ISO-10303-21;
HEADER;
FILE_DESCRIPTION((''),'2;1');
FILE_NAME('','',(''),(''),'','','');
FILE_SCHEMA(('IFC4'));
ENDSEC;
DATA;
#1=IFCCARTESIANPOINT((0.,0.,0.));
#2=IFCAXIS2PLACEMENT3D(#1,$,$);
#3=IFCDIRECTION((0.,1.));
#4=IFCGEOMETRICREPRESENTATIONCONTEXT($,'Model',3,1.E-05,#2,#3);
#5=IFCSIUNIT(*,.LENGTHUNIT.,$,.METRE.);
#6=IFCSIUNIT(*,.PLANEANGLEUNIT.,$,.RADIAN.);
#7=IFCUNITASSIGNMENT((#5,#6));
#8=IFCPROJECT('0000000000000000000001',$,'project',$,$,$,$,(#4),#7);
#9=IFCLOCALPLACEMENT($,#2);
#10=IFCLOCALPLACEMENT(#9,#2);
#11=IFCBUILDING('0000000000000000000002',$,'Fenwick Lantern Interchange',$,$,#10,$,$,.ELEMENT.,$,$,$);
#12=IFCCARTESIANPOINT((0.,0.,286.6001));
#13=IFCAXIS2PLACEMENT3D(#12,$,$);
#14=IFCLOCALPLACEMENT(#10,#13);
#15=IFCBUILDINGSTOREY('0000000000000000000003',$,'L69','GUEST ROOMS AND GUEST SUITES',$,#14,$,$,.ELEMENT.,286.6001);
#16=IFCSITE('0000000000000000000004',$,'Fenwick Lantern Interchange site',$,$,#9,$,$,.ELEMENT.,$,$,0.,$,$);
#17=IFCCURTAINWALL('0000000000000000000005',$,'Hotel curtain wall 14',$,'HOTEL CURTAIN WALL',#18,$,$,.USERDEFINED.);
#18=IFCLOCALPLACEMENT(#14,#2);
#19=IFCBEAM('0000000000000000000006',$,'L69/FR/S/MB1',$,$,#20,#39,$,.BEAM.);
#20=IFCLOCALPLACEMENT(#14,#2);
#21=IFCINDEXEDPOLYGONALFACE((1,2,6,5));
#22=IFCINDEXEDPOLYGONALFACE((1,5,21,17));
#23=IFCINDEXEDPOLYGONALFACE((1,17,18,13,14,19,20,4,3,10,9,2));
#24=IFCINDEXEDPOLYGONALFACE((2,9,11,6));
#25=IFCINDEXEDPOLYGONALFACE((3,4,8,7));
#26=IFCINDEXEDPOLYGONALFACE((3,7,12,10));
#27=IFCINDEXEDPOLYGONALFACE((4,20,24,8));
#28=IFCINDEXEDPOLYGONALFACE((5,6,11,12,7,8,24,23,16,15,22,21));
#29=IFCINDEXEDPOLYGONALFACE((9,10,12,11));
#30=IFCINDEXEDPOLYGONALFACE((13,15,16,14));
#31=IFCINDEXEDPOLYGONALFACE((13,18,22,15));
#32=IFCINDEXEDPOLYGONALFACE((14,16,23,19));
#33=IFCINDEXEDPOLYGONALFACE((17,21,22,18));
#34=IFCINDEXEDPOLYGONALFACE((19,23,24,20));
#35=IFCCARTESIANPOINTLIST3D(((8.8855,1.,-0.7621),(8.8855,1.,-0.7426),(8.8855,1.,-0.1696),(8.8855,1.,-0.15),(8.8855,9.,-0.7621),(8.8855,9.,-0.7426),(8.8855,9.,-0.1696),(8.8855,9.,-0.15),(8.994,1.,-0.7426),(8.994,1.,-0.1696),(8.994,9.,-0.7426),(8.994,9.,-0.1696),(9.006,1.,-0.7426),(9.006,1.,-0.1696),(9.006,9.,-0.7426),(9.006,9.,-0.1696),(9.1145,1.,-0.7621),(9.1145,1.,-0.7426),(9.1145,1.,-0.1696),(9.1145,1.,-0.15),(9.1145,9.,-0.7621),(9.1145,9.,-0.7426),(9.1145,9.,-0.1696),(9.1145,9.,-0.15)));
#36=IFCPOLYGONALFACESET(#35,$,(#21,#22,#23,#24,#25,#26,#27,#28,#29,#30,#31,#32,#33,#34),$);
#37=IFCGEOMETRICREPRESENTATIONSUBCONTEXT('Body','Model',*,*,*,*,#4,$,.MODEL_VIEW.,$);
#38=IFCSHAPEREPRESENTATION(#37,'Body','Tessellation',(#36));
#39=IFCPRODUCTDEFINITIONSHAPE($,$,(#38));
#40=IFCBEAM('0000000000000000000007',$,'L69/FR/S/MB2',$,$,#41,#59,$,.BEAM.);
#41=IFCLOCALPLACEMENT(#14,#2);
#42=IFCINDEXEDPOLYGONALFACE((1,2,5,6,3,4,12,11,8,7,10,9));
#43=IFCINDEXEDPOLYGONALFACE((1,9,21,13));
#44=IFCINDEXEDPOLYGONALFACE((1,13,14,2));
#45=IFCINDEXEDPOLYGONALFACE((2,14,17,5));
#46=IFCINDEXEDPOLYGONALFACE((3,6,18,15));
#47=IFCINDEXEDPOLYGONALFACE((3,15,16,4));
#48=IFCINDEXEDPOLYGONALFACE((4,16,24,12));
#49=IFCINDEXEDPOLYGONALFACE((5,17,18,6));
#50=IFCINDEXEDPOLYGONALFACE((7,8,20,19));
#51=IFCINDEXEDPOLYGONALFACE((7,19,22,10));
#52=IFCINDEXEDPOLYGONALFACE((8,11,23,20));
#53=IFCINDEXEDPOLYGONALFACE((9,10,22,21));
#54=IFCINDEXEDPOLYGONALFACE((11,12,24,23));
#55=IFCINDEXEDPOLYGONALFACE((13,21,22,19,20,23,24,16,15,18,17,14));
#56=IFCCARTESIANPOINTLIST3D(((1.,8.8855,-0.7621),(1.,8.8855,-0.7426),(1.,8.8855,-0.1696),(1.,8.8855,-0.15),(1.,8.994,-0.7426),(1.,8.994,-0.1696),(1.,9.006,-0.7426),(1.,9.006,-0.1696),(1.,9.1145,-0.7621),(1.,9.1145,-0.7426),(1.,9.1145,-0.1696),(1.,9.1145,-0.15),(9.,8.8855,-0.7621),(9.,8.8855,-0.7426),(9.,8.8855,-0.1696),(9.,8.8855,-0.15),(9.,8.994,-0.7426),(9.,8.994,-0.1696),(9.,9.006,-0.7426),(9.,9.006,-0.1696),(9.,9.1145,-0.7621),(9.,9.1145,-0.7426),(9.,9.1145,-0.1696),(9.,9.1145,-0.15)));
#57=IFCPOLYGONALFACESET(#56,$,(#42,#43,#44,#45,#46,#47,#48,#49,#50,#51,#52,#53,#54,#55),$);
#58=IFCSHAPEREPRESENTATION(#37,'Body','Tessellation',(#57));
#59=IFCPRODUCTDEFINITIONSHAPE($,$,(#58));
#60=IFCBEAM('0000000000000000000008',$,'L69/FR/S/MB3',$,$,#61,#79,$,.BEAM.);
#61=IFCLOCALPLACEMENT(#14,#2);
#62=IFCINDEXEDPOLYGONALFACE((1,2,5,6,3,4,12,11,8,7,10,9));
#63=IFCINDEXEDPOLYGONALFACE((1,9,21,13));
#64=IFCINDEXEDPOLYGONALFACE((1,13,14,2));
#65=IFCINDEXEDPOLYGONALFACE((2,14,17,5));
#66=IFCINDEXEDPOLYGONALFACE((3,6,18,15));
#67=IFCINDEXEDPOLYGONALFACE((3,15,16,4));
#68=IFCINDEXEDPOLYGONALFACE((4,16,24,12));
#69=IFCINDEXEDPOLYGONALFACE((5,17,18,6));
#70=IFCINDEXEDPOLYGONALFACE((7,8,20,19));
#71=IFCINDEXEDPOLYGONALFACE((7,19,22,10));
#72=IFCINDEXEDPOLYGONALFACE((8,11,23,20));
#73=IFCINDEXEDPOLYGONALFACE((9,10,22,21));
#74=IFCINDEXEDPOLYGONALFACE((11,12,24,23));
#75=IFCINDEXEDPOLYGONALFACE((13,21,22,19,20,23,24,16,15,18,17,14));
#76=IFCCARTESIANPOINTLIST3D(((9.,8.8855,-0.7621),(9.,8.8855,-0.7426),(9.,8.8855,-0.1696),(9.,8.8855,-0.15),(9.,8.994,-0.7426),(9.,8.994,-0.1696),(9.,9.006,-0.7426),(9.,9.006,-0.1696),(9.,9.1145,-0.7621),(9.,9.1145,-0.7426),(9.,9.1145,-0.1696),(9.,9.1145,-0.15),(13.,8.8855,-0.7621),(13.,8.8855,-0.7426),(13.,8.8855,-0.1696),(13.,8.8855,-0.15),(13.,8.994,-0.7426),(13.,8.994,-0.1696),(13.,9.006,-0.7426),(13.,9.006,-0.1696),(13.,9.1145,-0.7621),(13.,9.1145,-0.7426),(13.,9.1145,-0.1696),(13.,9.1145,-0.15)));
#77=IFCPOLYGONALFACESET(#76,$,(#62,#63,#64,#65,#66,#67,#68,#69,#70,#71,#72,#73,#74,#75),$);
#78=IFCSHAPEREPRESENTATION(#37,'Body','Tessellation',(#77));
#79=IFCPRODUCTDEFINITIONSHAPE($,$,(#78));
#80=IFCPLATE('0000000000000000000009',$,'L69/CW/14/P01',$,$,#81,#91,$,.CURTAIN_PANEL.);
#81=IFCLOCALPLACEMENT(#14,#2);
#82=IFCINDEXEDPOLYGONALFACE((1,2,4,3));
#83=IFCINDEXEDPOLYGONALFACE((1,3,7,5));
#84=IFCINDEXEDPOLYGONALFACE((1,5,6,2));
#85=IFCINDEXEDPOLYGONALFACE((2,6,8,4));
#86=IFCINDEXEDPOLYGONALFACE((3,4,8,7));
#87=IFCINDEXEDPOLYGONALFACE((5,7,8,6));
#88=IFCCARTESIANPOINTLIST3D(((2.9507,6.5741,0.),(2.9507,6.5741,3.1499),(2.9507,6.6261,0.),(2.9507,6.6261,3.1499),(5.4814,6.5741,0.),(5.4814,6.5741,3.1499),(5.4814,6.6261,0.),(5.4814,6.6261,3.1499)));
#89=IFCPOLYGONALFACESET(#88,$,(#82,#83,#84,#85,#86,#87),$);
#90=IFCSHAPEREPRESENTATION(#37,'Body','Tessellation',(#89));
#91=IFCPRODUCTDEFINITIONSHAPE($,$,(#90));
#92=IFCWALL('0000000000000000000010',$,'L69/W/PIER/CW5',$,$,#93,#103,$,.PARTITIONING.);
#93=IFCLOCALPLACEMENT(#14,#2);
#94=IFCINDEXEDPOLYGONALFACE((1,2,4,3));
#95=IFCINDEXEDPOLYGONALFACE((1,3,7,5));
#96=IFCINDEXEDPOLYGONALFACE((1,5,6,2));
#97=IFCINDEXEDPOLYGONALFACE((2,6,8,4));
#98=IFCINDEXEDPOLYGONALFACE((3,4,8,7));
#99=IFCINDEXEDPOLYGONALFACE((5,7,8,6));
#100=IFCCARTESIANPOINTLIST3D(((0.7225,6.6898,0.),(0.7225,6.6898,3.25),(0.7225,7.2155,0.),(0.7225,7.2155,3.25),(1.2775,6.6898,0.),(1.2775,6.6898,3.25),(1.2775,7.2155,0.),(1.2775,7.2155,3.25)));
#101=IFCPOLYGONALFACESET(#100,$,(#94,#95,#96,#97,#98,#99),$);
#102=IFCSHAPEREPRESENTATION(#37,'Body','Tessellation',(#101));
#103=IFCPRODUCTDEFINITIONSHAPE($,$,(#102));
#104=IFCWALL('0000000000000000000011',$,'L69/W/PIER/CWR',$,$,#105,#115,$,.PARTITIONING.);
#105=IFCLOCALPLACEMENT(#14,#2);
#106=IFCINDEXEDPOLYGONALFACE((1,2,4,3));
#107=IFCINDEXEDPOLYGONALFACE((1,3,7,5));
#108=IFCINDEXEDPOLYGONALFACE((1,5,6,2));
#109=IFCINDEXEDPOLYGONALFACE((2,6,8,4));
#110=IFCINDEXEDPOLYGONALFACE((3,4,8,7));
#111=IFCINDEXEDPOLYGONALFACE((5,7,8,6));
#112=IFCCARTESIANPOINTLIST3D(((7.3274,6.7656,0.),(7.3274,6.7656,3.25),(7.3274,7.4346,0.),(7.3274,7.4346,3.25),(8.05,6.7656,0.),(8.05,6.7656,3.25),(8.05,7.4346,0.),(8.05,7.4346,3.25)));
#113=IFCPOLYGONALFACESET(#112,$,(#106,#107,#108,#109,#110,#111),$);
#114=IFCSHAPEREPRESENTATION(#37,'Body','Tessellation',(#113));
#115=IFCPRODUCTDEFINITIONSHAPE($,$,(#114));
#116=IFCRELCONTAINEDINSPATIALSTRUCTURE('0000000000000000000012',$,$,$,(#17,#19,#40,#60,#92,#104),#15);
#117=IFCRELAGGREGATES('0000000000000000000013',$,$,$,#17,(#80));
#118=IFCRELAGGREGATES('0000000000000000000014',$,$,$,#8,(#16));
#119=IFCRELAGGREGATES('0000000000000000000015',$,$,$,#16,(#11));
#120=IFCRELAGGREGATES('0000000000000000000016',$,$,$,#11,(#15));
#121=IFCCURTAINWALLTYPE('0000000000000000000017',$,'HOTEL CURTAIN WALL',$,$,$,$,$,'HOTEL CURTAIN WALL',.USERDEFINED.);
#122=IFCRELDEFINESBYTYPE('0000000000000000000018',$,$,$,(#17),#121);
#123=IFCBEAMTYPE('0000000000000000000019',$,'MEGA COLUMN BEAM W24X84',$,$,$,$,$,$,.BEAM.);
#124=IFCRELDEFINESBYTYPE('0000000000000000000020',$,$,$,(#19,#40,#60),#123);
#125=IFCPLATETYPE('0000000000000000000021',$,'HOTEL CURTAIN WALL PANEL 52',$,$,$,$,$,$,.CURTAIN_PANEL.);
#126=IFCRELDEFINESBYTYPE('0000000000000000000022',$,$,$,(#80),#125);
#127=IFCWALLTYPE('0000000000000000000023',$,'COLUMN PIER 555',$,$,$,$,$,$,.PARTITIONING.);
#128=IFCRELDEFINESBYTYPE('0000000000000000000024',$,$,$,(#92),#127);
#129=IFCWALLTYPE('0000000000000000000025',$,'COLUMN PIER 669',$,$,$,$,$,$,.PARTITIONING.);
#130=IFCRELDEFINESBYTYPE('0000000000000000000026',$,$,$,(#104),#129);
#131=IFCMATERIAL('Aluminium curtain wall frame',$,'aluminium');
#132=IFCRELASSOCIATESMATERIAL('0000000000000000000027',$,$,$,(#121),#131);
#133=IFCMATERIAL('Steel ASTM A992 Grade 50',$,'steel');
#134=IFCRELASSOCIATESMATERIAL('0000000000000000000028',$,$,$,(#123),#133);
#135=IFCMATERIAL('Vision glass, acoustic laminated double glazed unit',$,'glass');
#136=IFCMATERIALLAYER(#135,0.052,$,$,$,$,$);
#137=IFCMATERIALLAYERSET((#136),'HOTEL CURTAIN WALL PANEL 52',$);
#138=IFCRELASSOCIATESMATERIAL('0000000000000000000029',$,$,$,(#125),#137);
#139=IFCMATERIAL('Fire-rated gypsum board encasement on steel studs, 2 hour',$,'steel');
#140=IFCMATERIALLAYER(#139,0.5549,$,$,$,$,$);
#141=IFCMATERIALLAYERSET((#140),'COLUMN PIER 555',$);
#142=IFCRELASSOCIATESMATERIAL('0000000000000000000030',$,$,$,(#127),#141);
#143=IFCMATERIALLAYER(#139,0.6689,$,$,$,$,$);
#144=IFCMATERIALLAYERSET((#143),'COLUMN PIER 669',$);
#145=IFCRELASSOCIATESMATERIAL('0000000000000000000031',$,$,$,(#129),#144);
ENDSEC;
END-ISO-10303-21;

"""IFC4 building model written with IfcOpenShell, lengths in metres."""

from ifc_helpers import new_model, si_unit, direction, frame, frame_2d, origin, origin_2d, place, context, subcontext, project, spatial, rectangle, i_section, extrude, material, layer, layer_set, material_profile, profile_set, type_object, element, aggregate, save


model = new_model("IFC4")

# Units and contexts
model_context = context("Model", 3, precision=1e-05, world=origin(), true_north=direction((0.0, 1.0)))
body_context = subcontext(model_context, "Body", "Model", "MODEL_VIEW")
ifc_project = project(units=[si_unit("LENGTHUNIT", "METRE"), si_unit("PLANEANGLEUNIT", "RADIAN")], contexts=[model_context])

# Site, building, storey
site_placement = place(None, origin())
site = spatial("IfcSite", under=ifc_project, at=site_placement, Name="Fenwick Lantern Interchange site", CompositionType="ELEMENT", RefElevation=0.0)
building_placement = place(site_placement, origin())
building = spatial("IfcBuilding", under=site, at=building_placement, Name="Fenwick Lantern Interchange", CompositionType="ELEMENT")
storey_placement = place(building_placement, frame((0.0, 0.0, 286.6001)))
storey = spatial("IfcBuildingStorey", under=building, at=storey_placement, Name="L69", Description="GUEST ROOMS AND GUEST SUITES", CompositionType="ELEMENT", Elevation=286.6001)

# Shared definitions
ifc_material_1 = material(Name="Steel ASTM A992 Grade 50", Category="steel")

# Shared definitions
ifc_material_2 = material(Name="Aluminium curtain wall frame", Category="aluminium")
curtain_wall_type = type_object("IfcCurtainWallType", Name="HOTEL CURTAIN WALL", ElementType="HOTEL CURTAIN WALL", PredefinedType="USERDEFINED", material=ifc_material_2)

# Curtain wall
curtain_wall_1_placement = place(storey_placement, origin())
curtain_wall_1 = element("IfcCurtainWall", 1, at=curtain_wall_1_placement, inside=storey, type_object=curtain_wall_type, Name="Hotel curtain wall 14", ObjectType="HOTEL CURTAIN WALL", PredefinedType="USERDEFINED")

# Beams
ifc_material_profile_1 = material_profile(ifc_material_1, i_section(OverallWidth=0.229, OverallDepth=0.6121, WebThickness=0.012, FlangeThickness=0.0195, at=origin_2d()), Name="W24X84")
ifc_profile_set_1 = profile_set([ifc_material_profile_1], Name="Steel ASTM A992 Grade 50")
beam_type_1 = type_object("IfcBeamType", Name="MEGA COLUMN BEAM W24X84", PredefinedType="BEAM", material=ifc_profile_set_1)
for number, where, z_axis, x_axis, name in (
    (2, (9.0, 9.0, -0.4561), (0.0, -1.0, 0.0), (1.0, 0.0, 0.0), "L69/FR/S/MB1"),
    (3, (9.0, 9.0, -0.4561), (-1.0, 0.0, 0.0), (0.0, -1.0, 0.0), "L69/FR/S/MB2"),
):
    element("IfcBeam", number, at=place(storey_placement, frame(where, z_axis=z_axis, x_axis=x_axis)), inside=storey, type_object=beam_type_1, Name=name, PredefinedType="BEAM", context=body_context, shape_type="SweptSolid", body=[
        extrude(i_section(OverallWidth=0.229, OverallDepth=0.6121, WebThickness=0.012, FlangeThickness=0.0195, at=origin_2d()), origin(), (0.0, 0.0, 1.0), 8.0),
    ])
beam_placement = place(storey_placement, frame((9.0, 9.0, -0.4561), z_axis=(1.0, 0.0, 0.0), x_axis=(0.0, 1.0, 0.0)))
element("IfcBeam", 4, at=beam_placement, inside=storey, type_object=beam_type_1, Name="L69/FR/S/MB3", PredefinedType="BEAM", context=body_context, shape_type="SweptSolid", body=[
    extrude(i_section(OverallWidth=0.229, OverallDepth=0.6121, WebThickness=0.012, FlangeThickness=0.0195, at=origin_2d()), origin(), (0.0, 0.0, 1.0), 4.0),
])

# Plate
ifc_material_3 = material(Name="Vision glass, acoustic laminated double glazed unit", Category="glass")
ifc_layer_1 = layer(ifc_material_3, 0.052)
ifc_layer_set_1 = layer_set([ifc_layer_1], Name="HOTEL CURTAIN WALL PANEL 52")
plate_type = type_object("IfcPlateType", Name="HOTEL CURTAIN WALL PANEL 52", PredefinedType="CURTAIN_PANEL", material=ifc_layer_set_1)
plate_placement = place(storey_placement, frame((4.2161, 6.6001, 0.0), z_axis=(0.0, 0.0, 1.0), x_axis=(1.0, 0.0, 0.0)))
plate = element("IfcPlate", 5, at=plate_placement, type_object=plate_type, Name="L69/CW/14/P01", PredefinedType="CURTAIN_PANEL", context=body_context, shape_type="SweptSolid", body=[
    extrude(rectangle(XDim=2.5308, YDim=0.052, at=origin_2d()), origin(), (0.0, 0.0, 1.0), 3.1499),
])
aggregate(curtain_wall_1, [plate])

# Walls
ifc_material_4 = material(Name="Fire-rated gypsum board encasement on steel studs, 2 hour", Category="steel")
ifc_layer_2 = layer(ifc_material_4, 0.5549)
ifc_layer_set_2 = layer_set([ifc_layer_2], Name="COLUMN PIER 555")
wall_type_1 = type_object("IfcWallType", Name="COLUMN PIER 555", PredefinedType="PARTITIONING", material=ifc_layer_set_2)
wall_1_placement = place(storey_placement, frame((1.0, 6.6899, 0.0), z_axis=(0.0, 0.0, 1.0), x_axis=(0.0, 1.0, 0.0)))
element("IfcWall", 6, at=wall_1_placement, inside=storey, type_object=wall_type_1, Name="L69/W/PIER/CW5", PredefinedType="PARTITIONING", context=body_context, shape_type="SweptSolid", body=[
    extrude(rectangle(XDim=0.5256, YDim=0.5549, at=frame_2d((0.2627, 0.0))), origin(), (0.0, 0.0, 1.0), 3.25),
])
ifc_layer_3 = layer(ifc_material_4, 0.6689)
ifc_layer_set_3 = layer_set([ifc_layer_3], Name="COLUMN PIER 669")
wall_type_2 = type_object("IfcWallType", Name="COLUMN PIER 669", PredefinedType="PARTITIONING", material=ifc_layer_set_3)
wall_2_placement = place(storey_placement, frame((8.05, 7.1001, 0.0), z_axis=(0.0, 0.0, 1.0), x_axis=(-1.0, 0.0, 0.0)))
element("IfcWall", 7, at=wall_2_placement, inside=storey, type_object=wall_type_2, Name="L69/W/PIER/CWR", PredefinedType="PARTITIONING", context=body_context, shape_type="SweptSolid", body=[
    extrude(rectangle(XDim=0.7227, YDim=0.6689, at=frame_2d((0.3613, 0.0))), origin(), (0.0, 0.0, 1.0), 3.25),
])

save(model, "model.ifc")
